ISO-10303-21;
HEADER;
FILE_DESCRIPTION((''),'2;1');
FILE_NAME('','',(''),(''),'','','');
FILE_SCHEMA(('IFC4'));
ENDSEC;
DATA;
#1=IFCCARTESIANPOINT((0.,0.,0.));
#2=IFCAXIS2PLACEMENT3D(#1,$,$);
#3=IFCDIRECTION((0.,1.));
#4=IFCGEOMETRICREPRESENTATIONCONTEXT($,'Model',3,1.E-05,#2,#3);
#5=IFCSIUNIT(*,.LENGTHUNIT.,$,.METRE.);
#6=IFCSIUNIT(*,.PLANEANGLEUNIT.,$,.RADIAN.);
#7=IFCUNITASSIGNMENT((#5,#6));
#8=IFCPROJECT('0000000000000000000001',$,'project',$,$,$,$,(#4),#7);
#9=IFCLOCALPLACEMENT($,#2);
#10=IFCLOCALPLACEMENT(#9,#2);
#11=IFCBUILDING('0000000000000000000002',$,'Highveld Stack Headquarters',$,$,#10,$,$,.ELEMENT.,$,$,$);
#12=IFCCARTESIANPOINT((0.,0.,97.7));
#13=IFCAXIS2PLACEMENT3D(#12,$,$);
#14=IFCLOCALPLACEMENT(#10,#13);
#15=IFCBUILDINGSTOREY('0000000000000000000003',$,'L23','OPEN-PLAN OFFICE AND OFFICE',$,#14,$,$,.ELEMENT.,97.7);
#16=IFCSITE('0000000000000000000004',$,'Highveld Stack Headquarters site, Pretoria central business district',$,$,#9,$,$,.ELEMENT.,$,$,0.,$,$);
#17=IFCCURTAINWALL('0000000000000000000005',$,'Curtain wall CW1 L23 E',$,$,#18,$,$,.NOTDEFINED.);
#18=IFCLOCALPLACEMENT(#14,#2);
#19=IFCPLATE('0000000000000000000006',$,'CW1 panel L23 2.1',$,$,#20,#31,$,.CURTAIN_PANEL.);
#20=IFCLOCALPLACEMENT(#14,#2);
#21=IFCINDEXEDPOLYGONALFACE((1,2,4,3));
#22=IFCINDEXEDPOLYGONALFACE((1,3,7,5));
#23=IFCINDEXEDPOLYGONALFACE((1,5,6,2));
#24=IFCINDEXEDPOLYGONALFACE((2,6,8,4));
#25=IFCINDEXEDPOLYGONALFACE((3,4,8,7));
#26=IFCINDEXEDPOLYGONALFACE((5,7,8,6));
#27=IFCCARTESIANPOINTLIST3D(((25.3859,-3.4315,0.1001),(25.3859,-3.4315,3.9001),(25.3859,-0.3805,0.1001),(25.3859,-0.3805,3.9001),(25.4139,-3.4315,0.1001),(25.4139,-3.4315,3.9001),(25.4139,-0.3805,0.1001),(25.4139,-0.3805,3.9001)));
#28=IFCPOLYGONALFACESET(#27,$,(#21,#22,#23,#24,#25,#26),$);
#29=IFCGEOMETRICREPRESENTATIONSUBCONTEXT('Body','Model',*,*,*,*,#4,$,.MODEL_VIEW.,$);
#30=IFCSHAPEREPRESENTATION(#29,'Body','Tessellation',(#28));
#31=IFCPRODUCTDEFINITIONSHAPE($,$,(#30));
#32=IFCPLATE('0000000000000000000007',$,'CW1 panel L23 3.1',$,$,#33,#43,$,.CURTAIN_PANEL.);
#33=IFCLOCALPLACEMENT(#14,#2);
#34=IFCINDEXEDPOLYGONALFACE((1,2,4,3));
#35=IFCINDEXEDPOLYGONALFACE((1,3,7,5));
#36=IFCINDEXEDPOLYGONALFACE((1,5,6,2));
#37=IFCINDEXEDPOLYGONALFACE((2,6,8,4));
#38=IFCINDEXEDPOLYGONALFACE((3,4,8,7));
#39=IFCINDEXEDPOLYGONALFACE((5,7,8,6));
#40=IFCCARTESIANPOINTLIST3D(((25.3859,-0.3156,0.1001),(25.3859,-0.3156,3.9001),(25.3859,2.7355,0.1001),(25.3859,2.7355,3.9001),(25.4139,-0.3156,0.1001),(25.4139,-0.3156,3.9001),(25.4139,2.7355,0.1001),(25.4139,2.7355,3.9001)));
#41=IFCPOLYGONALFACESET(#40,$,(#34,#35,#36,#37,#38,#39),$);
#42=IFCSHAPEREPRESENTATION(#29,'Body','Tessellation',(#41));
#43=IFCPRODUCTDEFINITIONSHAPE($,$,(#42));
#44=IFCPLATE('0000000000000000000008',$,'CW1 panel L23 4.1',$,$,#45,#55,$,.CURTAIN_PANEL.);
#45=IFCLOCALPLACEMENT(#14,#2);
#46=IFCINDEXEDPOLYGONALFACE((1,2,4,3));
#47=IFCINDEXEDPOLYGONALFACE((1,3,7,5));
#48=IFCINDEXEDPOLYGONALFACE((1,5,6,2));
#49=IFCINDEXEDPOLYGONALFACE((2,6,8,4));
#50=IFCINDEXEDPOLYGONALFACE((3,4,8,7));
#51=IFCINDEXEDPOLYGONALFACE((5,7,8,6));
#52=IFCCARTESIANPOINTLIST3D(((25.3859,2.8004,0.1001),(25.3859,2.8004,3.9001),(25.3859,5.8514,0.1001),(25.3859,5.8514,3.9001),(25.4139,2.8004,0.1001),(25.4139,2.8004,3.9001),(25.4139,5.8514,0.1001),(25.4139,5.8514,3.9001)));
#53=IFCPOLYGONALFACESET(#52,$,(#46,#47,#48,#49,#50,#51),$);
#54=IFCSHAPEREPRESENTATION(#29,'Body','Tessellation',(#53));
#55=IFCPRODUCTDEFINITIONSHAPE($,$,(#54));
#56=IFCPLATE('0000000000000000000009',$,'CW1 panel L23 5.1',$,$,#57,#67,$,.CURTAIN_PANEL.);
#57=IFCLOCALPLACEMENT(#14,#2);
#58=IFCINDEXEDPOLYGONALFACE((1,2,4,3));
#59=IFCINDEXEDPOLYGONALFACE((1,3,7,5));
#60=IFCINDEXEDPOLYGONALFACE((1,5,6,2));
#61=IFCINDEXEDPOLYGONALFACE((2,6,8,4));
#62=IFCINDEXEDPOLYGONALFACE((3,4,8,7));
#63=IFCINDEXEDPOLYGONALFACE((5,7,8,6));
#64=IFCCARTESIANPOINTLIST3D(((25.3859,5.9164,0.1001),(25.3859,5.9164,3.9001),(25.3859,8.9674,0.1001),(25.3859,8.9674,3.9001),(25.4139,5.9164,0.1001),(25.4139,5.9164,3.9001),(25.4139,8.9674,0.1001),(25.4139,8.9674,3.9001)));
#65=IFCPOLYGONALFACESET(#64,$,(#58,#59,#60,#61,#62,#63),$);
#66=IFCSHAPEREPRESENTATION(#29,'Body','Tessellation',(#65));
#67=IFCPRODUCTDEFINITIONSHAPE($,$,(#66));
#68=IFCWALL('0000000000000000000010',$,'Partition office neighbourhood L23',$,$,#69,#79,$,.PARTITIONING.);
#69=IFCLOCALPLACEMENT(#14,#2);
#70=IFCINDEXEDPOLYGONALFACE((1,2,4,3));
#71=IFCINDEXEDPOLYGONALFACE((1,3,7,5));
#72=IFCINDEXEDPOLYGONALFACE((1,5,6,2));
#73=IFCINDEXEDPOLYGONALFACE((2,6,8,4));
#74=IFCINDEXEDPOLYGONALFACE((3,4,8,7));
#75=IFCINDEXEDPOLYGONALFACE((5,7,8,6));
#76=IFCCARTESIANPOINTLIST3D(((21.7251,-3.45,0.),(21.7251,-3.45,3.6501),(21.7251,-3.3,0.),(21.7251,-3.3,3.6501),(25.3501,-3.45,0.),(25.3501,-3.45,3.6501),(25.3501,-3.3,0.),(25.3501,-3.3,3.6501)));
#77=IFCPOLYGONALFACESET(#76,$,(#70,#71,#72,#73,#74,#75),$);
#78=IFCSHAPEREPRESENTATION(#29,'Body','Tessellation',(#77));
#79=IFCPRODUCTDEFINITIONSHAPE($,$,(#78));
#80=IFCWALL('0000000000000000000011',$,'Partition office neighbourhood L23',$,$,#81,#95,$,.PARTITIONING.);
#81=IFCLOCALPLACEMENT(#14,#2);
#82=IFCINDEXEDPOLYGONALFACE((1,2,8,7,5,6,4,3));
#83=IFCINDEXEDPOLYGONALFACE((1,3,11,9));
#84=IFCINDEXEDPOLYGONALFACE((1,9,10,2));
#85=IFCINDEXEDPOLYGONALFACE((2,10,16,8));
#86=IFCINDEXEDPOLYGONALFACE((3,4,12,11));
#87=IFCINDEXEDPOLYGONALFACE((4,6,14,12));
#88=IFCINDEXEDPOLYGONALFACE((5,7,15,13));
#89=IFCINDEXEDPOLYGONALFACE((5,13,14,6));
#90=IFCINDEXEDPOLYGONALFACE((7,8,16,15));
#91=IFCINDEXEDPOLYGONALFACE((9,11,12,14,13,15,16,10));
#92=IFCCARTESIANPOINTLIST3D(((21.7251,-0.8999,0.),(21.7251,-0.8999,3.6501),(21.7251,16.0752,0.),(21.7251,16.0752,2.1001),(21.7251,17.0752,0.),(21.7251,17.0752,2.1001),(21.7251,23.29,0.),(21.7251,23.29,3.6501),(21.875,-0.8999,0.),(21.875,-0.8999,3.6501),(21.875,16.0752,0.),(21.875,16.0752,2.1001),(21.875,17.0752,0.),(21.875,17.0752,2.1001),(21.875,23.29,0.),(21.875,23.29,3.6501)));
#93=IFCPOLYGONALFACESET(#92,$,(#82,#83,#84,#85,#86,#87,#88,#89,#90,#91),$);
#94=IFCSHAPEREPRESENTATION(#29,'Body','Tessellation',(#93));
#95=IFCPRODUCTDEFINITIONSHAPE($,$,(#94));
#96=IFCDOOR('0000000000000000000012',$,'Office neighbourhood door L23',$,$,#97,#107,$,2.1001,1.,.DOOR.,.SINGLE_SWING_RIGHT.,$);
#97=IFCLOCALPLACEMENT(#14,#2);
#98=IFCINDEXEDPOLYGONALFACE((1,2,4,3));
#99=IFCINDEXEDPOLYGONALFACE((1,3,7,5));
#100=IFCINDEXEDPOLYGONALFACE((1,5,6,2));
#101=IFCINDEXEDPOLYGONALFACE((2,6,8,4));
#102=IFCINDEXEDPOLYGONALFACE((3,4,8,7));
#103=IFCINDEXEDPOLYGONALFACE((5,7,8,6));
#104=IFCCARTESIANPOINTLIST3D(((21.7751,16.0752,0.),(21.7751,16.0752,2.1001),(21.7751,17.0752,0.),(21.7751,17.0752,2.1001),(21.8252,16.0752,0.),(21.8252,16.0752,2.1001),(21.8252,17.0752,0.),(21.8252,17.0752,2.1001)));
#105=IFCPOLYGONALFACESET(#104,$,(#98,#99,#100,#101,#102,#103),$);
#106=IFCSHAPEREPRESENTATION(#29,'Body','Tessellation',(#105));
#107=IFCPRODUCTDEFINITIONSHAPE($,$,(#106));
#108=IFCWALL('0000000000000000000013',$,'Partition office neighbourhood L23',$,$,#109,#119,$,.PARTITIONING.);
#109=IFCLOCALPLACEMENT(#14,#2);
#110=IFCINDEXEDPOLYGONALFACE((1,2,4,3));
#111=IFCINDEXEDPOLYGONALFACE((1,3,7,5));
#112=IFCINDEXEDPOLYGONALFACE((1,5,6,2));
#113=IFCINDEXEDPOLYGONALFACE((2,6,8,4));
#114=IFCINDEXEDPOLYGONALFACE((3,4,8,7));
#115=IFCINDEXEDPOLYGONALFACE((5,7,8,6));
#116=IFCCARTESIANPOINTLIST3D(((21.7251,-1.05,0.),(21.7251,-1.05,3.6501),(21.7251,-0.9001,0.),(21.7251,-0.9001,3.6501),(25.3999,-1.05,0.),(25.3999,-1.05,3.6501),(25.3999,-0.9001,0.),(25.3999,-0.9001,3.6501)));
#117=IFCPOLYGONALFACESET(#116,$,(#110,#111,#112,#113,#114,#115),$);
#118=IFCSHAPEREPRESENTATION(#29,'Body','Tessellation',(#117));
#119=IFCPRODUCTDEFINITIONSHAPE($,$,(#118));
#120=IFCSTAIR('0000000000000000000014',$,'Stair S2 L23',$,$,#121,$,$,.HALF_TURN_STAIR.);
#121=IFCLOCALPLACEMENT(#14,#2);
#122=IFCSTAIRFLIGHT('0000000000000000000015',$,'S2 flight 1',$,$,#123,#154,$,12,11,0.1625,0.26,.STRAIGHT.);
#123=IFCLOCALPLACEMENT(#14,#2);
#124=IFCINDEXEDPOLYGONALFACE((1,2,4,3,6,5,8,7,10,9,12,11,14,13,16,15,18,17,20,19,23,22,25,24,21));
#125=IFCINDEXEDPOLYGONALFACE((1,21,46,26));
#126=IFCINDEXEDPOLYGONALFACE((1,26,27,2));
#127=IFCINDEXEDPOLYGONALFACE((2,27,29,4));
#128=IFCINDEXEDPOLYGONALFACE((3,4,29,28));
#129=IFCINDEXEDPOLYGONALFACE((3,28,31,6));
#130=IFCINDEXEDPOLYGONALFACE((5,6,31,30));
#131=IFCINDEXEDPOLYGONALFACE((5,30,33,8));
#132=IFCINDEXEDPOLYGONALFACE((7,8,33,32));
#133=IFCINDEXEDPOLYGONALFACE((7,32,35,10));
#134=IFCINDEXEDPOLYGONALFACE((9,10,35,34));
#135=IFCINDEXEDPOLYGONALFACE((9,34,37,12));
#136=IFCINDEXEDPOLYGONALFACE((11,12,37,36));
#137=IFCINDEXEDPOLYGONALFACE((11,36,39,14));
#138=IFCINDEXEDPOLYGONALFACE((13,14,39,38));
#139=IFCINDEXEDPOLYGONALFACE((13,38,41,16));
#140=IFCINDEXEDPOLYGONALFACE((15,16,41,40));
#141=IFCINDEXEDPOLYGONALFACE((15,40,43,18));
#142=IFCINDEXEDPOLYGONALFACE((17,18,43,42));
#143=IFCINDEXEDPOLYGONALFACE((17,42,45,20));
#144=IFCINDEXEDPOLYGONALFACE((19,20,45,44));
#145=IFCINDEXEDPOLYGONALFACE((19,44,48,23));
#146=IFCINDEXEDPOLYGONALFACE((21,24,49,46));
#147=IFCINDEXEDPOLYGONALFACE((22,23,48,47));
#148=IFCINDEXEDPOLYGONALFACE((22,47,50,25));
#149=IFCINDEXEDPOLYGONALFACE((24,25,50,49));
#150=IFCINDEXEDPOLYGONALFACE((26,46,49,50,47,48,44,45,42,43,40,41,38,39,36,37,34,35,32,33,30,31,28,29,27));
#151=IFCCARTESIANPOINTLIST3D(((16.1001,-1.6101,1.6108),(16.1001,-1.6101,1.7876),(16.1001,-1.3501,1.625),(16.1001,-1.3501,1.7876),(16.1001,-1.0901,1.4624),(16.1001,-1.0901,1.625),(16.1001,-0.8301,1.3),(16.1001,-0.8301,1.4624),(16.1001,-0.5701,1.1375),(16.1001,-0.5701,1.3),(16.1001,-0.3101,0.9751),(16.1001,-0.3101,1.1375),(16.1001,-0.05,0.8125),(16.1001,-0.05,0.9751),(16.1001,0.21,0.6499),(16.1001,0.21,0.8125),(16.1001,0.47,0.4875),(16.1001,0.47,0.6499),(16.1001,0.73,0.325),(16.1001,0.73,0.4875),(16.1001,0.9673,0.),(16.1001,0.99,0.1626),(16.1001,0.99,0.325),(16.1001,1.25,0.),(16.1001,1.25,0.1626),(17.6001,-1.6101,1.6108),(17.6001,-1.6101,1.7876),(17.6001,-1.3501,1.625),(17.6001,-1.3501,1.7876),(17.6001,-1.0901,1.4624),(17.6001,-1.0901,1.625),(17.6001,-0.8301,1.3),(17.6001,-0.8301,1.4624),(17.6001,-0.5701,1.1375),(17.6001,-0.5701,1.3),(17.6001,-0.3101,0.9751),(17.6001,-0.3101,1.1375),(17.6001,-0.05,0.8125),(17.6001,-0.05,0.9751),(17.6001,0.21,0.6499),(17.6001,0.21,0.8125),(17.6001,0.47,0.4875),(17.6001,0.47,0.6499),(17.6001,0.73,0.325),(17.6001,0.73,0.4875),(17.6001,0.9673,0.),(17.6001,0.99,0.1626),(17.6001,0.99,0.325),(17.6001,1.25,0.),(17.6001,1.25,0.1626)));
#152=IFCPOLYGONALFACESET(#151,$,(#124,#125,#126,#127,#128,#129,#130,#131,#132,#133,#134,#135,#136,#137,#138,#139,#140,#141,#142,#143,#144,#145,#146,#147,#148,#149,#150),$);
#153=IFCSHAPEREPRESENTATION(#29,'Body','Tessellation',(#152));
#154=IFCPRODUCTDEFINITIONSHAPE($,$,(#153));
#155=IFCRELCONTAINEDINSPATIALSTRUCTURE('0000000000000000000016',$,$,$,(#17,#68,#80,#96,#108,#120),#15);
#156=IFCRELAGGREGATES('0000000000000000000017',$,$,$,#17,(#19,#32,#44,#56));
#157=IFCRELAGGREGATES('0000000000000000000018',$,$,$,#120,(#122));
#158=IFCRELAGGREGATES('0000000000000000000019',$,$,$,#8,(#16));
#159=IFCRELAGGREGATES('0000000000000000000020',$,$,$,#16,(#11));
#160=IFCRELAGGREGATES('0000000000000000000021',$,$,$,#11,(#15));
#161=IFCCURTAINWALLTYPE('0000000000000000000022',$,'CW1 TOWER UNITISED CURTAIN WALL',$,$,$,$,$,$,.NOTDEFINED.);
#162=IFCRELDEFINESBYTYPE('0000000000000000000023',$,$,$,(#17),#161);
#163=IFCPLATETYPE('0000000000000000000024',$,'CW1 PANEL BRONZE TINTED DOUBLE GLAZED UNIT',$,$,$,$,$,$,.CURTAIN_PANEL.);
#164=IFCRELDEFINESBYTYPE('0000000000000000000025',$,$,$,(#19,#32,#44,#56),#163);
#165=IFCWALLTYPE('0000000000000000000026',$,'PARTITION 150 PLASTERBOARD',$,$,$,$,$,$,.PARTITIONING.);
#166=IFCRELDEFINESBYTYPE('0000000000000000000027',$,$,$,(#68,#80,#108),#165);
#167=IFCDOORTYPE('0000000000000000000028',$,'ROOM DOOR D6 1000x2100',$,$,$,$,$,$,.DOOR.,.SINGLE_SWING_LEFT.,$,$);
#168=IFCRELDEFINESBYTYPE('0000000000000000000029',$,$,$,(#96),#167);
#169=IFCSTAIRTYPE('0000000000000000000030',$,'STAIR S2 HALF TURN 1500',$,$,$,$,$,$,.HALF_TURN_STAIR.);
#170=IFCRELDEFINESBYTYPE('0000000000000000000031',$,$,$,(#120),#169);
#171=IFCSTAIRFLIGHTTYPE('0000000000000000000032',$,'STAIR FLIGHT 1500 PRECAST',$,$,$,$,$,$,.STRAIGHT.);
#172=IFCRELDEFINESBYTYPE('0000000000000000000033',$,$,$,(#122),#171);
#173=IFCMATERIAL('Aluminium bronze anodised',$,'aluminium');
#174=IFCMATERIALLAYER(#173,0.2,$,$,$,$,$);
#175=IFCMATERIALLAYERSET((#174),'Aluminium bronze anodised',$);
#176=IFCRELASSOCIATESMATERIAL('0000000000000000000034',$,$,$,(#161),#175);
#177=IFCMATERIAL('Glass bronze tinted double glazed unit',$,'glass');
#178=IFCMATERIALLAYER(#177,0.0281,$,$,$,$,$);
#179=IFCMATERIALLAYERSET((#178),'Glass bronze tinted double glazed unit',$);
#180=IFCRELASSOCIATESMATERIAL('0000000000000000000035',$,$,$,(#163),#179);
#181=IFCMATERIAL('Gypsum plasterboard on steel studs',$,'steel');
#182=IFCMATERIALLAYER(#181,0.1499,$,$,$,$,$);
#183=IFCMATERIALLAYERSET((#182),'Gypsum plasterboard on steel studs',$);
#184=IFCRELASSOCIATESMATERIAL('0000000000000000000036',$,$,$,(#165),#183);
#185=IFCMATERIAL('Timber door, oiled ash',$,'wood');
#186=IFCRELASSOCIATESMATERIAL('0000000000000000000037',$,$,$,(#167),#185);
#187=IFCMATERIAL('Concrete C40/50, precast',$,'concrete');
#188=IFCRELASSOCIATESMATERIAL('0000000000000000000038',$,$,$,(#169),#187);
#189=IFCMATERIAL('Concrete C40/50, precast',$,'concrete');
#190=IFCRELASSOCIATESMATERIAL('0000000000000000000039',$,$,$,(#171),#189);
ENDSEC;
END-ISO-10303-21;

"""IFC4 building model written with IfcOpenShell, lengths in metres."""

from ifc_helpers import new_model, si_unit, direction, frame, frame_2d, origin, origin_2d, place, context, subcontext, project, spatial, polyline, rectangle, outline, extrude, material, layer, layer_set, type_object, element, fill, aggregate, save


model = new_model("IFC4")

# Units and contexts
model_context = context("Model", 3, precision=1e-05, world=origin(), true_north=direction((0.0, 1.0)))
body_context = subcontext(model_context, "Body", "Model", "MODEL_VIEW")
ifc_project = project(units=[si_unit("LENGTHUNIT", "METRE"), si_unit("PLANEANGLEUNIT", "RADIAN")], contexts=[model_context])

# Site, building, storey
site_placement = place(None, origin())
site = spatial("IfcSite", under=ifc_project, at=site_placement, Name="Highveld Stack Headquarters site, Pretoria central business district", CompositionType="ELEMENT", RefElevation=0.0)
building_placement = place(site_placement, origin())
building = spatial("IfcBuilding", under=site, at=building_placement, Name="Highveld Stack Headquarters", CompositionType="ELEMENT")
storey_placement = place(building_placement, frame((0.0, 0.0, 97.7)))
storey = spatial("IfcBuildingStorey", under=building, at=storey_placement, Name="L23", Description="OPEN-PLAN OFFICE AND OFFICE", CompositionType="ELEMENT", Elevation=97.7)

# Curtain wall, plates
ifc_material_1 = material(Name="Aluminium bronze anodised", Category="aluminium")
ifc_layer_1 = layer(ifc_material_1, 0.2)
ifc_layer_set_1 = layer_set([ifc_layer_1], Name="Aluminium bronze anodised")
curtain_wall_type = type_object("IfcCurtainWallType", Name="CW1 TOWER UNITISED CURTAIN WALL", PredefinedType="NOTDEFINED", material=ifc_layer_set_1)
curtain_wall_placement = place(storey_placement, origin())
curtain_wall = element("IfcCurtainWall", 1, at=curtain_wall_placement, inside=storey, type_object=curtain_wall_type, Name="Curtain wall CW1 L23 E", PredefinedType="NOTDEFINED")
ifc_material_2 = material(Name="Glass bronze tinted double glazed unit", Category="glass")
ifc_layer_2 = layer(ifc_material_2, 0.0281)
ifc_layer_set_2 = layer_set([ifc_layer_2], Name="Glass bronze tinted double glazed unit")
plate_type = type_object("IfcPlateType", Name="CW1 PANEL BRONZE TINTED DOUBLE GLAZED UNIT", PredefinedType="CURTAIN_PANEL", material=ifc_layer_set_2)
plate_1_placement = place(storey_placement, frame((25.3999, -1.906, 0.1001), z_axis=(0.0, 0.0, 1.0), x_axis=(0.0, 1.0, 0.0)))
plate_1 = element("IfcPlate", 2, at=plate_1_placement, type_object=plate_type, Name="CW1 panel L23 2.1", PredefinedType="CURTAIN_PANEL", context=body_context, shape_type="SweptSolid", body=[
    extrude(rectangle(XDim=3.051, YDim=0.0281, at=origin_2d()), origin(), (0.0, 0.0, 1.0), 3.8),
])
plate_2_placement = place(storey_placement, frame((25.3999, 1.21, 0.1001), z_axis=(0.0, 0.0, 1.0), x_axis=(0.0, 1.0, 0.0)))
plate_2 = element("IfcPlate", 3, at=plate_2_placement, type_object=plate_type, Name="CW1 panel L23 3.1", PredefinedType="CURTAIN_PANEL", context=body_context, shape_type="SweptSolid", body=[
    extrude(rectangle(XDim=3.051, YDim=0.0281, at=origin_2d()), origin(), (0.0, 0.0, 1.0), 3.8),
])
plate_3_placement = place(storey_placement, frame((25.3999, 4.3259, 0.1001), z_axis=(0.0, 0.0, 1.0), x_axis=(0.0, 1.0, 0.0)))
plate_3 = element("IfcPlate", 4, at=plate_3_placement, type_object=plate_type, Name="CW1 panel L23 4.1", PredefinedType="CURTAIN_PANEL", context=body_context, shape_type="SweptSolid", body=[
    extrude(rectangle(XDim=3.051, YDim=0.0281, at=origin_2d()), origin(), (0.0, 0.0, 1.0), 3.8),
])
plate_4_placement = place(storey_placement, frame((25.3999, 7.4419, 0.1001), z_axis=(0.0, 0.0, 1.0), x_axis=(0.0, 1.0, 0.0)))
plate_4 = element("IfcPlate", 5, at=plate_4_placement, type_object=plate_type, Name="CW1 panel L23 5.1", PredefinedType="CURTAIN_PANEL", context=body_context, shape_type="SweptSolid", body=[
    extrude(rectangle(XDim=3.051, YDim=0.0281, at=origin_2d()), origin(), (0.0, 0.0, 1.0), 3.8),
])
aggregate(curtain_wall, [plate_1, plate_2, plate_3, plate_4])

# Wall
ifc_material_3 = material(Name="Gypsum plasterboard on steel studs", Category="steel")
ifc_layer_3 = layer(ifc_material_3, 0.1499)
ifc_layer_set_3 = layer_set([ifc_layer_3], Name="Gypsum plasterboard on steel studs")
wall_type = type_object("IfcWallType", Name="PARTITION 150 PLASTERBOARD", PredefinedType="PARTITIONING", material=ifc_layer_set_3)
wall_1_placement = place(storey_placement, frame((21.7251, -3.375, 0.0), z_axis=(0.0, 0.0, 1.0), x_axis=(1.0, 0.0, 0.0)))
element("IfcWall", 6, at=wall_1_placement, inside=storey, type_object=wall_type, Name="Partition office neighbourhood L23", PredefinedType="PARTITIONING", context=body_context, shape_type="SweptSolid", body=[
    extrude(rectangle(XDim=3.625, YDim=0.1499, at=frame_2d((1.8125, 0.0))), origin(), (0.0, 0.0, 1.0), 3.6501),
])

# Wall, opening, door
wall_2_placement = place(storey_placement, frame((21.8, -0.8999, 0.0), z_axis=(0.0, 0.0, 1.0), x_axis=(0.0, 1.0, 0.0)))
wall_2 = element("IfcWall", 7, at=wall_2_placement, inside=storey, type_object=wall_type, Name="Partition office neighbourhood L23", PredefinedType="PARTITIONING", context=body_context, shape_type="SweptSolid", body=[
    extrude(rectangle(XDim=24.1899, YDim=0.1499, at=frame_2d((12.095, 0.0))), origin(), (0.0, 0.0, 1.0), 3.6501),
])
opening_placement = place(wall_2_placement, frame((16.9751, 0.0, 0.0)))
opening = element("IfcOpeningElement", 8, at=opening_placement, cuts=wall_2, PredefinedType="OPENING", context=body_context, shape_type="SweptSolid", body=[
    extrude(rectangle(XDim=1.0, YDim=2.1001, at=frame_2d((0.5, 1.05))), frame((0.0, 0.085, 0.0), z_axis=(0.0, -1.0, 0.0), x_axis=(1.0, 0.0, 0.0)), (0.0, 0.0, 1.0), 0.1699),
])
ifc_material_4 = material(Name="Timber door, oiled ash", Category="wood")
door_type = type_object("IfcDoorType", Name="ROOM DOOR D6 1000x2100", OperationType="SINGLE_SWING_LEFT", PredefinedType="DOOR", material=ifc_material_4)
door_placement = place(opening_placement, origin())
door = element("IfcDoor", 9, at=door_placement, inside=storey, type_object=door_type, Name="Office neighbourhood door L23", OperationType="SINGLE_SWING_RIGHT", OverallHeight=2.1001, OverallWidth=1.0, PredefinedType="DOOR", context=body_context, shape_type="SweptSolid", body=[
    extrude(rectangle(XDim=1.0, YDim=2.1001, at=frame_2d((0.5, 1.05))), frame((0.0, 0.0249, 0.0), z_axis=(0.0, -1.0, 0.0), x_axis=(1.0, 0.0, 0.0)), (0.0, 0.0, 1.0), 0.05),
])
fill(opening, door)

# Wall
wall_3_placement = place(storey_placement, frame((21.7251, -0.9751, 0.0), z_axis=(0.0, 0.0, 1.0), x_axis=(1.0, 0.0, 0.0)))
element("IfcWall", 10, at=wall_3_placement, inside=storey, type_object=wall_type, Name="Partition office neighbourhood L23", PredefinedType="PARTITIONING", context=body_context, shape_type="SweptSolid", body=[
    extrude(rectangle(XDim=3.6748, YDim=0.1499, at=frame_2d((1.8374, 0.0))), origin(), (0.0, 0.0, 1.0), 3.6501),
])

# Stair, stair flight
ifc_material_5 = material(Name="Concrete C40/50, precast", Category="concrete")
stair_type = type_object("IfcStairType", Name="STAIR S2 HALF TURN 1500", PredefinedType="HALF_TURN_STAIR", material=ifc_material_5)
stair_placement = place(storey_placement, origin())
stair = element("IfcStair", 11, at=stair_placement, inside=storey, type_object=stair_type, Name="Stair S2 L23", PredefinedType="HALF_TURN_STAIR")
ifc_material_6 = material(Name="Concrete C40/50, precast", Category="concrete")
stair_flight_type = type_object("IfcStairFlightType", Name="STAIR FLIGHT 1500 PRECAST", PredefinedType="STRAIGHT", material=ifc_material_6)
stair_flight_placement = place(storey_placement, frame((16.8501, 1.25, 0.0), z_axis=(0.0, 0.0, 1.0), x_axis=(0.0, -1.0, 0.0)))
stair_flight = element("IfcStairFlight", 12, at=stair_flight_placement, type_object=stair_flight_type, Name="S2 flight 1", NumberOfRisers=12, NumberOfTreads=11, PredefinedType="STRAIGHT", RiserHeight=0.1625, TreadLength=0.26, context=body_context, shape_type="SweptSolid", body=[
    extrude(outline(polyline([(0.0, 0.0), (0.0, 0.1626), (0.26, 0.1626), (0.26, 0.325), (0.52, 0.325), (0.52, 0.4875), (0.78, 0.4875), (0.78, 0.6499), (1.04, 0.6499), (1.04, 0.8125), (1.3, 0.8125), (1.3, 0.9751), (1.5601, 0.9751), (1.5601, 1.1375), (1.8201, 1.1375), (1.8201, 1.3), (2.0801, 1.3), (2.0801, 1.4624), (2.3401, 1.4624), (2.3401, 1.625), (2.6001, 1.625), (2.6001, 1.7876), (2.8601, 1.7876), (2.8601, 1.95), (2.8601, 1.6108), (0.2827, 0.0), (0.0, 0.0)])), frame((0.0, 0.75, 0.0), z_axis=(0.0, -1.0, 0.0), x_axis=(1.0, 0.0, 0.0)), (0.0, 0.0, 1.0), 1.5),
])
aggregate(stair, [stair_flight])

save(model, "model.ifc")
